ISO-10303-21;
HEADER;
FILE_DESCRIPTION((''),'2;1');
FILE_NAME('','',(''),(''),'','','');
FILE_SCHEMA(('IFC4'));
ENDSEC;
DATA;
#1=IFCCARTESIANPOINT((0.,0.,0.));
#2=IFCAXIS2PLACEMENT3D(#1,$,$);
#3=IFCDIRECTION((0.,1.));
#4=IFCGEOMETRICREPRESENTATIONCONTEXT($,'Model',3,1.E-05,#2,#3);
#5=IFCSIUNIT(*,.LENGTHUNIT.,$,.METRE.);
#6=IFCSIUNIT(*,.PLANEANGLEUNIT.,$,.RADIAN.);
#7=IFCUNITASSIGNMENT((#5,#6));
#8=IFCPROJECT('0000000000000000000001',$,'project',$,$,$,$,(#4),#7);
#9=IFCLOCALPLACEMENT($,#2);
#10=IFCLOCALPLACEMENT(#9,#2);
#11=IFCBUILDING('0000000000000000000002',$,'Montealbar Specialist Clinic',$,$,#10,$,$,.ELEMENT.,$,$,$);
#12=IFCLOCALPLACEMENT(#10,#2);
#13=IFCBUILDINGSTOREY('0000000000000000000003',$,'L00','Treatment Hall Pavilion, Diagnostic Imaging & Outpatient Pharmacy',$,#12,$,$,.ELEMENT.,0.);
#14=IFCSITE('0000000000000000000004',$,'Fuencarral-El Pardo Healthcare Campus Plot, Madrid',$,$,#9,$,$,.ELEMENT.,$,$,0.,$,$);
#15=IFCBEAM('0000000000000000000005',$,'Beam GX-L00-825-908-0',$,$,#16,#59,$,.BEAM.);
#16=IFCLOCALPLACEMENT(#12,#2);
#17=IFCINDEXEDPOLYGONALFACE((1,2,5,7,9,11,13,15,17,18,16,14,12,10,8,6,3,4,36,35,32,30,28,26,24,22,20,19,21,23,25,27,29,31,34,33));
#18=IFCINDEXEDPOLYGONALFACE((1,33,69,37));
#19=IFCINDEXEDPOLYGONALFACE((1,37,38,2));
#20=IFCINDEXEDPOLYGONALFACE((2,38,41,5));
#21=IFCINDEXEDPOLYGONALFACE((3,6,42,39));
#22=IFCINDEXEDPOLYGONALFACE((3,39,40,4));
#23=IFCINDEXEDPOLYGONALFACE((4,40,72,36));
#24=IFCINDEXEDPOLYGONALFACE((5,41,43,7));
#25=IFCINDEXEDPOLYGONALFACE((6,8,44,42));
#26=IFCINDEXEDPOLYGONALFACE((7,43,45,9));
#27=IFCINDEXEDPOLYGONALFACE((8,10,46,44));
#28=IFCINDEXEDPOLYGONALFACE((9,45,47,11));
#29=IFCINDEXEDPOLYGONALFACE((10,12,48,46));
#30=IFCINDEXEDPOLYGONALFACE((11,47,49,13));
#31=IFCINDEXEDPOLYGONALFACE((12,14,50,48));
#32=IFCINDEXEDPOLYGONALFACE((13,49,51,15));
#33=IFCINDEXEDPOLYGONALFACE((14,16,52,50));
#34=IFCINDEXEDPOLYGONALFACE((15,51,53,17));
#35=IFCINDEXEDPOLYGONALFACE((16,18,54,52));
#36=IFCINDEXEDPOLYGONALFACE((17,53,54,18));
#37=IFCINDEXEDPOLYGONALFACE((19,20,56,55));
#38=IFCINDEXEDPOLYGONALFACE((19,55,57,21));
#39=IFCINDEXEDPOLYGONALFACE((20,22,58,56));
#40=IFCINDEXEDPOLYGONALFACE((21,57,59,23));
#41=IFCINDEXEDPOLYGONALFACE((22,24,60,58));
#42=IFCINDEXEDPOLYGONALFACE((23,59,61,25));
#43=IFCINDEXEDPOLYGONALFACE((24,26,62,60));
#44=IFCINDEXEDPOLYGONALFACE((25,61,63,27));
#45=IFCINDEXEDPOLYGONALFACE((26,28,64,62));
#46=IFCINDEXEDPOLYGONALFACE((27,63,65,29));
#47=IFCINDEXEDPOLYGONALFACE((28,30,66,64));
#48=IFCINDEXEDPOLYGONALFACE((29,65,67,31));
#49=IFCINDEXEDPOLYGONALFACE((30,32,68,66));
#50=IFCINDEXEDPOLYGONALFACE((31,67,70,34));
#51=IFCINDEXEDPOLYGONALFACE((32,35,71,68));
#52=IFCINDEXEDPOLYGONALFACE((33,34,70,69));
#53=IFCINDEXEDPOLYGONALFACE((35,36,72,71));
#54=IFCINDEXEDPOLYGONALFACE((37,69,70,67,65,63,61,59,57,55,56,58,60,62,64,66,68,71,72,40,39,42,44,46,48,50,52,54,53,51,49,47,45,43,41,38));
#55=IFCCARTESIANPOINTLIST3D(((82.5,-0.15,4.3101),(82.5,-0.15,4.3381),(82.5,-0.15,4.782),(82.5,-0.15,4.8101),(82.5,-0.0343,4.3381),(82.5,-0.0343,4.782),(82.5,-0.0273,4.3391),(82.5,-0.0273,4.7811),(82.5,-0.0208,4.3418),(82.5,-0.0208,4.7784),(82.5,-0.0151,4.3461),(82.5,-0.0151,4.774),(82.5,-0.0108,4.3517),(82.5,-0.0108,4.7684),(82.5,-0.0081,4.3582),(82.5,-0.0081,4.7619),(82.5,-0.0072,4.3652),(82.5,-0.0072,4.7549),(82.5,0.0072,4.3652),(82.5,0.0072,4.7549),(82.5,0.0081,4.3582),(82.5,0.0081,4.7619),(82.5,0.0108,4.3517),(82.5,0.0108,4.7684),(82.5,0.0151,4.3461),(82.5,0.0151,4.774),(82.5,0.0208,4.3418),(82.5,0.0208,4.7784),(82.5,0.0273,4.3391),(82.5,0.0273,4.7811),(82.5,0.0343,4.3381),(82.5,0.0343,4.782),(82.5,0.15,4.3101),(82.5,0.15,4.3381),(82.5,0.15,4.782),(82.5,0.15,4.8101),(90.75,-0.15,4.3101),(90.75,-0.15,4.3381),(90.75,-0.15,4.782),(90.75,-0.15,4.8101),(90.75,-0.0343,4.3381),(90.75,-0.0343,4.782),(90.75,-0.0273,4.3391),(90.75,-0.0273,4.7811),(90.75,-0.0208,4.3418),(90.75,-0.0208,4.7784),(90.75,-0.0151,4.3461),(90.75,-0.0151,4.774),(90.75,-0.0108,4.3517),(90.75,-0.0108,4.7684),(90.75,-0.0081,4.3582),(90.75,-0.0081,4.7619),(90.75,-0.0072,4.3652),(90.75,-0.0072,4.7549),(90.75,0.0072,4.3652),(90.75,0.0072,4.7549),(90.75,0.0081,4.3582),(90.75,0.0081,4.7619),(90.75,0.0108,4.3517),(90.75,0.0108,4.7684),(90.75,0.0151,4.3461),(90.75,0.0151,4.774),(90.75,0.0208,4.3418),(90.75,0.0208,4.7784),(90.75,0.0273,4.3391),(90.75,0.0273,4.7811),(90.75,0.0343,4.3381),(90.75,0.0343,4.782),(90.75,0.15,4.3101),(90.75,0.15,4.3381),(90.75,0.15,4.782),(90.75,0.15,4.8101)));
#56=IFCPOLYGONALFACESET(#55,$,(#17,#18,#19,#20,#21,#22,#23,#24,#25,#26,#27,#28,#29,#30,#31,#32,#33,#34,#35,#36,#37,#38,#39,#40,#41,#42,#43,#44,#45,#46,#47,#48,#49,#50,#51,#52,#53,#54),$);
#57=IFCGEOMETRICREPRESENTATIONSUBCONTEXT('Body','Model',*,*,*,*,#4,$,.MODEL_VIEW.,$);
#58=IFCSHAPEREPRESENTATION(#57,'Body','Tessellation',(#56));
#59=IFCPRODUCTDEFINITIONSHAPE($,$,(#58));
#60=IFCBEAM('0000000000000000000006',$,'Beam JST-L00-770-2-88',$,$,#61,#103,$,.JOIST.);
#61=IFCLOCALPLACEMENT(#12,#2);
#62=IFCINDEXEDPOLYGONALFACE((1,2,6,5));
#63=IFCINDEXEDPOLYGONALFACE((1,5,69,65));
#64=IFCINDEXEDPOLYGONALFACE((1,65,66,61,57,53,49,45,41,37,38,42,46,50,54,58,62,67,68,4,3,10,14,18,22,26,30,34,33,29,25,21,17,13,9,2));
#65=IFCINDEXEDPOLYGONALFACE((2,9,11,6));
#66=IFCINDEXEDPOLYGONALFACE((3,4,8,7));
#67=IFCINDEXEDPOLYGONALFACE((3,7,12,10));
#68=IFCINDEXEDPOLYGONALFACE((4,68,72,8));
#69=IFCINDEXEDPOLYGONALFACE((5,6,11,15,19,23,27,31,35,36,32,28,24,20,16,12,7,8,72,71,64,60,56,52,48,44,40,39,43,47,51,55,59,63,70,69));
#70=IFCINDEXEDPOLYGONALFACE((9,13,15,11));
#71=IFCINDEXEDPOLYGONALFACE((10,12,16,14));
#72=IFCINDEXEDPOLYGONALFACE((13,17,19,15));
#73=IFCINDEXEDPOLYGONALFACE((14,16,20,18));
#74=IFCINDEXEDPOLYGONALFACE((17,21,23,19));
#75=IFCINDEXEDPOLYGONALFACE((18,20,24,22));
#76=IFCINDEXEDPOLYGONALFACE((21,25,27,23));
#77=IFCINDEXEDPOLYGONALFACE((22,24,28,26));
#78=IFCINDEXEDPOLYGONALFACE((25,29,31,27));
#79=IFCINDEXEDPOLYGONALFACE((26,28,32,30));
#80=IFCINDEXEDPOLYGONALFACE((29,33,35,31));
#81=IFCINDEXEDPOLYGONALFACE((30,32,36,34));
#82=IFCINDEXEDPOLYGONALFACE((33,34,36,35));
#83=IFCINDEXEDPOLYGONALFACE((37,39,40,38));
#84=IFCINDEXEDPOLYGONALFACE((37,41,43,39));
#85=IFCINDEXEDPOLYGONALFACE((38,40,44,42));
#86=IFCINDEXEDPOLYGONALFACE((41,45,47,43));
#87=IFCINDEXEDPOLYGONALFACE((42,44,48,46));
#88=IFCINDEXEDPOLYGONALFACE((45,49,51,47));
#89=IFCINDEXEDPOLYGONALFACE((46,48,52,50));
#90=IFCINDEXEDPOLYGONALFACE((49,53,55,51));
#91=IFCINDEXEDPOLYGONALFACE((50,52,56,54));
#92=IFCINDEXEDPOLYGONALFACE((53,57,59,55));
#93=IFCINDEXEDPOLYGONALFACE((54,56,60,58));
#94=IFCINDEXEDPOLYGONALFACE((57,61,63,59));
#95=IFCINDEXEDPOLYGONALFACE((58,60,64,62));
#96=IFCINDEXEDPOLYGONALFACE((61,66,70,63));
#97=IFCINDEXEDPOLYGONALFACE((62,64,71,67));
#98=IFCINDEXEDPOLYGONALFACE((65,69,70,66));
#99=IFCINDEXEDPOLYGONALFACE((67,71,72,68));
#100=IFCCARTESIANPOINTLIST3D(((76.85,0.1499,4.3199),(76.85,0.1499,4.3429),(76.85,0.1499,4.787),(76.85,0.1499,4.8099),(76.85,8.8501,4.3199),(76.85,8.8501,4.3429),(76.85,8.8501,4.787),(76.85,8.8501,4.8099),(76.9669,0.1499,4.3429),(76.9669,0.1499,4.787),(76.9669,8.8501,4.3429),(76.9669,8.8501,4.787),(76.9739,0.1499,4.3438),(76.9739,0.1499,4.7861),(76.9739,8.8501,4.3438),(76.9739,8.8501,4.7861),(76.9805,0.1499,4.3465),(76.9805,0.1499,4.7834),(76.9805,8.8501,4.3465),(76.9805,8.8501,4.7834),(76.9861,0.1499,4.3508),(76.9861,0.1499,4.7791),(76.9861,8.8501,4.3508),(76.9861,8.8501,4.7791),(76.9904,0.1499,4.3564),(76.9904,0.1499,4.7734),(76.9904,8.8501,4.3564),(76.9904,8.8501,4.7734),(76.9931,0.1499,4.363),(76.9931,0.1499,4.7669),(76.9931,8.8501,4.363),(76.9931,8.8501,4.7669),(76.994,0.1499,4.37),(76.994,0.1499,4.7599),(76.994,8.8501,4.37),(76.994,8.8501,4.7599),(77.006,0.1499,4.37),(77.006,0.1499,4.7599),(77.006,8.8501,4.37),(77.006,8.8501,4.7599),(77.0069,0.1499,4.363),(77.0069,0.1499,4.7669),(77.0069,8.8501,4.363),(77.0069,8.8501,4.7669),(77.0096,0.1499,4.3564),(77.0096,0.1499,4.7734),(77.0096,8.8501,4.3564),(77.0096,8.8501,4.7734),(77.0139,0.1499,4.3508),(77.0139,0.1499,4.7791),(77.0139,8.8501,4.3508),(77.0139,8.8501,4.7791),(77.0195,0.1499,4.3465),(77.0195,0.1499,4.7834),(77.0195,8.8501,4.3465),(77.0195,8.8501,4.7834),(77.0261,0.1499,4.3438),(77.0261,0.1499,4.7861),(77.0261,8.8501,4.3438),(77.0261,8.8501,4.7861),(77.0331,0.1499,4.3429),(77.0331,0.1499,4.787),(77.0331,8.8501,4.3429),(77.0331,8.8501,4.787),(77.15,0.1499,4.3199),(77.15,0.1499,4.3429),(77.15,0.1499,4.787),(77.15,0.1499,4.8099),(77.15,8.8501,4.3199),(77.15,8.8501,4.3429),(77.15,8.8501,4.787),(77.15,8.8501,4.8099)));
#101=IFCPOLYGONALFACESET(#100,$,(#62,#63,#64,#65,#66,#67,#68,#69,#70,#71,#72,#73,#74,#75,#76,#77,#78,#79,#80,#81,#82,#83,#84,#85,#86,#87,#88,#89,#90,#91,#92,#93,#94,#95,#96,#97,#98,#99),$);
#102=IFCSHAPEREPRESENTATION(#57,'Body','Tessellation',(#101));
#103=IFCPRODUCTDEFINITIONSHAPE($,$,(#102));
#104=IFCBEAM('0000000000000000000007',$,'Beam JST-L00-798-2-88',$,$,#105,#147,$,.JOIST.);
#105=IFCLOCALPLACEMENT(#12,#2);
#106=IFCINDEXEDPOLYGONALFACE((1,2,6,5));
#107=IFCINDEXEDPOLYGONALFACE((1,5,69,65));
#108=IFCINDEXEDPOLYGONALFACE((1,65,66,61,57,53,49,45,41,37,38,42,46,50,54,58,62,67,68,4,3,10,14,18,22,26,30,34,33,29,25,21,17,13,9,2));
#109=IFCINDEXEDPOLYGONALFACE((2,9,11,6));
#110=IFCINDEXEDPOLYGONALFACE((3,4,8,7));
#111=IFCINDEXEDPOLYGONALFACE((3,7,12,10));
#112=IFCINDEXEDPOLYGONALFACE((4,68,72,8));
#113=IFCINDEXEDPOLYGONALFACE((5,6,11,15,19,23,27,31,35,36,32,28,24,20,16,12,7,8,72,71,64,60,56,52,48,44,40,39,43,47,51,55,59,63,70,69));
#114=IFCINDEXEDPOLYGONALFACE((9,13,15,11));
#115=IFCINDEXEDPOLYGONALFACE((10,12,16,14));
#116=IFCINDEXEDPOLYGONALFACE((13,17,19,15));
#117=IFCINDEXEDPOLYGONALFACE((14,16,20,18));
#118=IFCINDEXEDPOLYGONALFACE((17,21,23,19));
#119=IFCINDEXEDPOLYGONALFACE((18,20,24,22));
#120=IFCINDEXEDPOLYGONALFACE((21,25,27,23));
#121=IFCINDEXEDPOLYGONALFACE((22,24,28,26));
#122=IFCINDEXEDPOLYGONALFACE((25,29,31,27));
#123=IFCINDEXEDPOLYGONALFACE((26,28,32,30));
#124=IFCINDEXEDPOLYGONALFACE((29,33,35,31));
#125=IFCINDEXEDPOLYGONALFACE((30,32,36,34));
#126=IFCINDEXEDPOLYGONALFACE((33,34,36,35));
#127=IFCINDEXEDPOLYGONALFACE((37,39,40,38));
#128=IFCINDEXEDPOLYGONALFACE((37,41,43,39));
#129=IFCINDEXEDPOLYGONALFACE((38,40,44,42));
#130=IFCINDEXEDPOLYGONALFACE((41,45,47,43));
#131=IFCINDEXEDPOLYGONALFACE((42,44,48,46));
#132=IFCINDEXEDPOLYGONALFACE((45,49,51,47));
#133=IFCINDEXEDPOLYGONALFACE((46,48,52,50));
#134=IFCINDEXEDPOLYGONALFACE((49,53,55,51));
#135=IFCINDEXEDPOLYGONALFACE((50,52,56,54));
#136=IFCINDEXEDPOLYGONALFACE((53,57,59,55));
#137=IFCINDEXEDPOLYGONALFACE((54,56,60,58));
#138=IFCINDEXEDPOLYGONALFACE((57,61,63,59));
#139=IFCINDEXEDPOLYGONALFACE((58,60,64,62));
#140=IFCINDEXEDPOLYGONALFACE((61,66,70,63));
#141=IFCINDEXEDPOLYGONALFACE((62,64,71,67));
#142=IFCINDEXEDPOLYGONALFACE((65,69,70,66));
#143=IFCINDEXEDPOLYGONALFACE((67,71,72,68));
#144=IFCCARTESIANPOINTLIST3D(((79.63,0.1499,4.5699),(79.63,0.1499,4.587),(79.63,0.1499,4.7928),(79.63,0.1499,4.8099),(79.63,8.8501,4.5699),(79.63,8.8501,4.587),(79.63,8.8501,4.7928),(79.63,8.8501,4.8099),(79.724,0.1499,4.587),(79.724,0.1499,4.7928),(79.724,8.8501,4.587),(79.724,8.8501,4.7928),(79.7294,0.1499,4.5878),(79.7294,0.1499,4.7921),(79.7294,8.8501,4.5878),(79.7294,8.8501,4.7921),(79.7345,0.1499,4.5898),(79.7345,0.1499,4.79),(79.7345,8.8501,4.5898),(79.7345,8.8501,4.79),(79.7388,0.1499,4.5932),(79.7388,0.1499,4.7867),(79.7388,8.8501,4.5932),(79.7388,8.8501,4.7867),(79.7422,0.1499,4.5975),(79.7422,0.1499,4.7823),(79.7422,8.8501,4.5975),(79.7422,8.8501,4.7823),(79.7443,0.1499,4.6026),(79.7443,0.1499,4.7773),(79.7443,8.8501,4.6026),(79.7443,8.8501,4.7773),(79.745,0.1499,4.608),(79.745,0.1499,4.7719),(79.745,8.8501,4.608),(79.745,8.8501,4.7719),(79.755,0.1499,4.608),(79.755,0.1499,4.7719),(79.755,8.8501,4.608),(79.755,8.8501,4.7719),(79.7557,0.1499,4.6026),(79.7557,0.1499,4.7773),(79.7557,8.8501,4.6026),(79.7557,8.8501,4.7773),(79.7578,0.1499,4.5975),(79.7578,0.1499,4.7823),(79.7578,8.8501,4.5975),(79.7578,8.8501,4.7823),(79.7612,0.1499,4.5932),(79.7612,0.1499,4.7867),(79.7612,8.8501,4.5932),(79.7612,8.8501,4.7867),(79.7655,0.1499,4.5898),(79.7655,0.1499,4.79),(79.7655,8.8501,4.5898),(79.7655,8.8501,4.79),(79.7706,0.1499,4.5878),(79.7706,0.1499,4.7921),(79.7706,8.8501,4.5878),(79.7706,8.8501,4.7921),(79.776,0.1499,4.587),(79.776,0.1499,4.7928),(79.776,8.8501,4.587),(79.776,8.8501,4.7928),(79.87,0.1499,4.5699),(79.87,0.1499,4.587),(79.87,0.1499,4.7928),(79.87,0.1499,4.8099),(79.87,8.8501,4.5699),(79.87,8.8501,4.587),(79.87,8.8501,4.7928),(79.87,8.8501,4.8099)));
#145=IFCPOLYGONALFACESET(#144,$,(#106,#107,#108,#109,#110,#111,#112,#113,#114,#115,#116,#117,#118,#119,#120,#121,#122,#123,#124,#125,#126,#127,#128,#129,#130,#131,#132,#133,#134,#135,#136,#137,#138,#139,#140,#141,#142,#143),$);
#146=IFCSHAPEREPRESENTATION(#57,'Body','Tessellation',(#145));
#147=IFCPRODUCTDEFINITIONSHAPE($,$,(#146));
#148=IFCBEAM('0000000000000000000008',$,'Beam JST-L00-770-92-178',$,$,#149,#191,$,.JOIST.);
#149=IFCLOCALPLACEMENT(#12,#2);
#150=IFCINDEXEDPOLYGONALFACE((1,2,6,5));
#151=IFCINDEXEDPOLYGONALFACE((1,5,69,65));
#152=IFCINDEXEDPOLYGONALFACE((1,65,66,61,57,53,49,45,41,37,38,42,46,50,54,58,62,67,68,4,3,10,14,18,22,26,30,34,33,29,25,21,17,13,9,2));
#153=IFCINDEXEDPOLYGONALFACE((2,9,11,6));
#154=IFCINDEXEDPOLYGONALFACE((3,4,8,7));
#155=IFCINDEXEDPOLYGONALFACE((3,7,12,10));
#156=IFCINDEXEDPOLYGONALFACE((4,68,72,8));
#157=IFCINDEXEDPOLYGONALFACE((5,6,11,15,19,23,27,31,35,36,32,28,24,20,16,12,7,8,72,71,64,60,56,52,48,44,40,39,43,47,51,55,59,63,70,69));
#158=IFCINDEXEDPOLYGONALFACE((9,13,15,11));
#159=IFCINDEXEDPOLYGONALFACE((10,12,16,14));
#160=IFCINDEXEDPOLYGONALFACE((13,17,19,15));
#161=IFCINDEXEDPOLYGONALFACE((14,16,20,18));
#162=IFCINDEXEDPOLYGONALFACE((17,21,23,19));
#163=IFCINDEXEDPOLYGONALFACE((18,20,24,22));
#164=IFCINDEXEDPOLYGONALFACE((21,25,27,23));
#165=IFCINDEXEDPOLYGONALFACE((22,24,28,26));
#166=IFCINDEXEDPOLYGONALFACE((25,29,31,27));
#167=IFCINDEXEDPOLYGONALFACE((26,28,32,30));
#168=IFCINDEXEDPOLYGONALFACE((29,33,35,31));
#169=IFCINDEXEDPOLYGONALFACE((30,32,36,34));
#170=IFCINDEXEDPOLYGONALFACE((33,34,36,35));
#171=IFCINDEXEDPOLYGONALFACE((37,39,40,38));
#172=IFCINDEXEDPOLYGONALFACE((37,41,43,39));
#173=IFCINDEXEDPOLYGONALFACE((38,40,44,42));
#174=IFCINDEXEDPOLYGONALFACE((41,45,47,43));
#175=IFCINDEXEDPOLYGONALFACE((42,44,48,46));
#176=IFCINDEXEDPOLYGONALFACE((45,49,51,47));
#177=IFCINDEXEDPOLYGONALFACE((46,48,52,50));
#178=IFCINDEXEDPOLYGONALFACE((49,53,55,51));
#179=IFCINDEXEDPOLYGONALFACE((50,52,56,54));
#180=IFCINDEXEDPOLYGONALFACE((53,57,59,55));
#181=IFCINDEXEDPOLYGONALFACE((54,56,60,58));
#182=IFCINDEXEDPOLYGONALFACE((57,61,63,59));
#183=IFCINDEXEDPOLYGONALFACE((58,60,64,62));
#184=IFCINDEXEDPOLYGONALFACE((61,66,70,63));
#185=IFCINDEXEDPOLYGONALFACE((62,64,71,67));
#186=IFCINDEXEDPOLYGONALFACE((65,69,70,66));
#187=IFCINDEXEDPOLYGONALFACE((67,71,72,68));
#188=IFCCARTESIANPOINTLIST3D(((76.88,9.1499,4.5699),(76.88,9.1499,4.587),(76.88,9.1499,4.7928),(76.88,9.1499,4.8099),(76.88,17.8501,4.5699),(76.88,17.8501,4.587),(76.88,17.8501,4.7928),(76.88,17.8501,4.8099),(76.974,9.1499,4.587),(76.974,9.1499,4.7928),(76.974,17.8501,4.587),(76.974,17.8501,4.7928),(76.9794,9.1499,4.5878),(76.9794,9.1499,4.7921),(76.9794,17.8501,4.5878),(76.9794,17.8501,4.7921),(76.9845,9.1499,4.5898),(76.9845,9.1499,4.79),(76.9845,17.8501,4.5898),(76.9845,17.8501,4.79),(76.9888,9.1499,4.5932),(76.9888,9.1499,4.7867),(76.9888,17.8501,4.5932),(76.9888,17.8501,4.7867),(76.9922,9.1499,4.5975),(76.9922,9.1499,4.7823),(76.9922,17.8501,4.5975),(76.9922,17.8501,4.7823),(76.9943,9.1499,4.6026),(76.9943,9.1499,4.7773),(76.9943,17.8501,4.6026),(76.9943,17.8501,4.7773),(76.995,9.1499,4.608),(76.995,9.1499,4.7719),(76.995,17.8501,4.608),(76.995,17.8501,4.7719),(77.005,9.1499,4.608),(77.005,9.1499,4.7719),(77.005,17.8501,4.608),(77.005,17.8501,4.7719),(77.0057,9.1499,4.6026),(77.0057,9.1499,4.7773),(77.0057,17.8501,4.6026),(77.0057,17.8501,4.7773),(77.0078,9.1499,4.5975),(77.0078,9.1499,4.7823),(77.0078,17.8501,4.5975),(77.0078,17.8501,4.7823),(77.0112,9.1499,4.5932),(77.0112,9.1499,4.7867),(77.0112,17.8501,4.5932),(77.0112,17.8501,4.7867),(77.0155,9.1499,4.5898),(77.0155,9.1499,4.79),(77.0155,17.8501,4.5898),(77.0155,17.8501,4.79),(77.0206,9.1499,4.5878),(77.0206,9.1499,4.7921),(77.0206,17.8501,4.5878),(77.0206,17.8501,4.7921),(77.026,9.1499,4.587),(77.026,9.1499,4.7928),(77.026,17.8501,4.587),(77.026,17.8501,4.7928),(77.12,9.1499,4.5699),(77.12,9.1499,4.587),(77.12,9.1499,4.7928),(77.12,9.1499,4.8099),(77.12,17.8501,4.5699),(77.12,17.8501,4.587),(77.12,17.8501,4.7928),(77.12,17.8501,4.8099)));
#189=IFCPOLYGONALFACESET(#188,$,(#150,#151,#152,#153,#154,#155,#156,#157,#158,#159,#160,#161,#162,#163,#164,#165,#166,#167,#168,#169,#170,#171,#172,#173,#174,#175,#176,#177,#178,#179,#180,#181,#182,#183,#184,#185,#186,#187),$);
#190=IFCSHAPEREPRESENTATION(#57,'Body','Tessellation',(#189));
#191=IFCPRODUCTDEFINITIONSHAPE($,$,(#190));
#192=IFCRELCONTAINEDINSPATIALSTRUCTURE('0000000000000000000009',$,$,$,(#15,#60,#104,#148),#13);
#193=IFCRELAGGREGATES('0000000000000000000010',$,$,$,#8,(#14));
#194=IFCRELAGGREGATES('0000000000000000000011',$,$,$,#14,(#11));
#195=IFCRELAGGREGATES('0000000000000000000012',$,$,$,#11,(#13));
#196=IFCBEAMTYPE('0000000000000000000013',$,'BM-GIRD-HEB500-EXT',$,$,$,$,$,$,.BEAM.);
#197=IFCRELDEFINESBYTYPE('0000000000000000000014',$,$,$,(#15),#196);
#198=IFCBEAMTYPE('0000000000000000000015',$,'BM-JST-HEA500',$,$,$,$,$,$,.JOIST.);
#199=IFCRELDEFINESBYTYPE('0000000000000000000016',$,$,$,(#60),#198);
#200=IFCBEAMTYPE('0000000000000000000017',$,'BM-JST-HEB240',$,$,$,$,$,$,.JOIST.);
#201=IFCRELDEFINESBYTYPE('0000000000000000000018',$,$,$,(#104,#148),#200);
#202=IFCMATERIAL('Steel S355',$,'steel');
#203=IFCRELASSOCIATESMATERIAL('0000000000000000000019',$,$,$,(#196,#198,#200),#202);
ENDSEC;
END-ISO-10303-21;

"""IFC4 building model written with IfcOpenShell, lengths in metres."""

from ifc_helpers import new_model, si_unit, direction, frame, origin, origin_2d, place, context, subcontext, project, spatial, i_section, extrude, material, material_profile, profile_set, type_object, element, save


model = new_model("IFC4")

# Units and contexts
model_context = context("Model", 3, precision=1e-05, world=origin(), true_north=direction((0.0, 1.0)))
body_context = subcontext(model_context, "Body", "Model", "MODEL_VIEW")
ifc_project = project(units=[si_unit("LENGTHUNIT", "METRE"), si_unit("PLANEANGLEUNIT", "RADIAN")], contexts=[model_context])

# Site, building, storey
site_placement = place(None, origin())
site = spatial("IfcSite", under=ifc_project, at=site_placement, Name="Fuencarral-El Pardo Healthcare Campus Plot, Madrid", CompositionType="ELEMENT", RefElevation=0.0)
building_placement = place(site_placement, origin())
building = spatial("IfcBuilding", under=site, at=building_placement, Name="Montealbar Specialist Clinic", CompositionType="ELEMENT")
storey_placement = place(building_placement, origin())
storey = spatial("IfcBuildingStorey", under=building, at=storey_placement, Name="L00", Description="Treatment Hall Pavilion, Diagnostic Imaging & Outpatient Pharmacy", CompositionType="ELEMENT", Elevation=0.0)

# Shared definitions
ifc_material_1 = material(Name="Steel S355", Category="steel")

# Beams
ifc_material_profile_1 = material_profile(ifc_material_1, i_section(OverallWidth=0.3, OverallDepth=0.5, WebThickness=0.0144, FlangeThickness=0.0281, FilletRadius=0.0271, at=origin_2d()), Name="HEB 500", Category="steel")
ifc_profile_set_1 = profile_set([ifc_material_profile_1], Name="Steel S355")
beam_type_1 = type_object("IfcBeamType", Name="BM-GIRD-HEB500-EXT", PredefinedType="BEAM", material=ifc_profile_set_1)
beam_1_placement = place(storey_placement, frame((82.5, 0.0, 4.5601), z_axis=(1.0, 0.0, 0.0), x_axis=(0.0, 1.0, 0.0)))
element("IfcBeam", 1, at=beam_1_placement, inside=storey, type_object=beam_type_1, Name="Beam GX-L00-825-908-0", PredefinedType="BEAM", context=body_context, shape_type="SweptSolid", body=[
    extrude(i_section(OverallWidth=0.3, OverallDepth=0.5, WebThickness=0.0144, FlangeThickness=0.0281, FilletRadius=0.0271, at=origin_2d()), origin(), (0.0, 0.0, 1.0), 8.25),
])
ifc_material_profile_2 = material_profile(ifc_material_1, i_section(OverallWidth=0.3, OverallDepth=0.49, WebThickness=0.012, FlangeThickness=0.0229, FilletRadius=0.0271, at=origin_2d()), Name="HEA 500", Category="steel")
ifc_profile_set_2 = profile_set([ifc_material_profile_2], Name="Steel S355")
beam_type_2 = type_object("IfcBeamType", Name="BM-JST-HEA500", PredefinedType="JOIST", material=ifc_profile_set_2)
beam_2_placement = place(storey_placement, frame((77.0, 0.1499, 4.5649), z_axis=(0.0, 1.0, 0.0), x_axis=(-1.0, 0.0, 0.0)))
element("IfcBeam", 2, at=beam_2_placement, inside=storey, type_object=beam_type_2, Name="Beam JST-L00-770-2-88", PredefinedType="JOIST", context=body_context, shape_type="SweptSolid", body=[
    extrude(i_section(OverallWidth=0.3, OverallDepth=0.49, WebThickness=0.012, FlangeThickness=0.0229, FilletRadius=0.0271, at=origin_2d()), origin(), (0.0, 0.0, 1.0), 8.7002),
])
ifc_material_profile_3 = material_profile(ifc_material_1, i_section(OverallWidth=0.24, OverallDepth=0.24, WebThickness=0.01, FlangeThickness=0.0171, FilletRadius=0.021, at=origin_2d()), Name="HEB 240", Category="steel")
ifc_profile_set_3 = profile_set([ifc_material_profile_3], Name="Steel S355")
beam_type_3 = type_object("IfcBeamType", Name="BM-JST-HEB240", PredefinedType="JOIST", material=ifc_profile_set_3)
for number, where, z_axis, x_axis, name in (
    (3, (79.75, 0.1499, 4.6899), (0.0, 1.0, 0.0), (-1.0, 0.0, 0.0), "Beam JST-L00-798-2-88"),
    (4, (77.0, 9.1499, 4.6899), (0.0, 1.0, 0.0), (-1.0, 0.0, 0.0), "Beam JST-L00-770-92-178"),
):
    element("IfcBeam", number, at=place(storey_placement, frame(where, z_axis=z_axis, x_axis=x_axis)), inside=storey, type_object=beam_type_3, Name=name, PredefinedType="JOIST", context=body_context, shape_type="SweptSolid", body=[
        extrude(i_section(OverallWidth=0.24, OverallDepth=0.24, WebThickness=0.01, FlangeThickness=0.0171, FilletRadius=0.021, at=origin_2d()), origin(), (0.0, 0.0, 1.0), 8.7002),
    ])

save(model, "model.ifc")
